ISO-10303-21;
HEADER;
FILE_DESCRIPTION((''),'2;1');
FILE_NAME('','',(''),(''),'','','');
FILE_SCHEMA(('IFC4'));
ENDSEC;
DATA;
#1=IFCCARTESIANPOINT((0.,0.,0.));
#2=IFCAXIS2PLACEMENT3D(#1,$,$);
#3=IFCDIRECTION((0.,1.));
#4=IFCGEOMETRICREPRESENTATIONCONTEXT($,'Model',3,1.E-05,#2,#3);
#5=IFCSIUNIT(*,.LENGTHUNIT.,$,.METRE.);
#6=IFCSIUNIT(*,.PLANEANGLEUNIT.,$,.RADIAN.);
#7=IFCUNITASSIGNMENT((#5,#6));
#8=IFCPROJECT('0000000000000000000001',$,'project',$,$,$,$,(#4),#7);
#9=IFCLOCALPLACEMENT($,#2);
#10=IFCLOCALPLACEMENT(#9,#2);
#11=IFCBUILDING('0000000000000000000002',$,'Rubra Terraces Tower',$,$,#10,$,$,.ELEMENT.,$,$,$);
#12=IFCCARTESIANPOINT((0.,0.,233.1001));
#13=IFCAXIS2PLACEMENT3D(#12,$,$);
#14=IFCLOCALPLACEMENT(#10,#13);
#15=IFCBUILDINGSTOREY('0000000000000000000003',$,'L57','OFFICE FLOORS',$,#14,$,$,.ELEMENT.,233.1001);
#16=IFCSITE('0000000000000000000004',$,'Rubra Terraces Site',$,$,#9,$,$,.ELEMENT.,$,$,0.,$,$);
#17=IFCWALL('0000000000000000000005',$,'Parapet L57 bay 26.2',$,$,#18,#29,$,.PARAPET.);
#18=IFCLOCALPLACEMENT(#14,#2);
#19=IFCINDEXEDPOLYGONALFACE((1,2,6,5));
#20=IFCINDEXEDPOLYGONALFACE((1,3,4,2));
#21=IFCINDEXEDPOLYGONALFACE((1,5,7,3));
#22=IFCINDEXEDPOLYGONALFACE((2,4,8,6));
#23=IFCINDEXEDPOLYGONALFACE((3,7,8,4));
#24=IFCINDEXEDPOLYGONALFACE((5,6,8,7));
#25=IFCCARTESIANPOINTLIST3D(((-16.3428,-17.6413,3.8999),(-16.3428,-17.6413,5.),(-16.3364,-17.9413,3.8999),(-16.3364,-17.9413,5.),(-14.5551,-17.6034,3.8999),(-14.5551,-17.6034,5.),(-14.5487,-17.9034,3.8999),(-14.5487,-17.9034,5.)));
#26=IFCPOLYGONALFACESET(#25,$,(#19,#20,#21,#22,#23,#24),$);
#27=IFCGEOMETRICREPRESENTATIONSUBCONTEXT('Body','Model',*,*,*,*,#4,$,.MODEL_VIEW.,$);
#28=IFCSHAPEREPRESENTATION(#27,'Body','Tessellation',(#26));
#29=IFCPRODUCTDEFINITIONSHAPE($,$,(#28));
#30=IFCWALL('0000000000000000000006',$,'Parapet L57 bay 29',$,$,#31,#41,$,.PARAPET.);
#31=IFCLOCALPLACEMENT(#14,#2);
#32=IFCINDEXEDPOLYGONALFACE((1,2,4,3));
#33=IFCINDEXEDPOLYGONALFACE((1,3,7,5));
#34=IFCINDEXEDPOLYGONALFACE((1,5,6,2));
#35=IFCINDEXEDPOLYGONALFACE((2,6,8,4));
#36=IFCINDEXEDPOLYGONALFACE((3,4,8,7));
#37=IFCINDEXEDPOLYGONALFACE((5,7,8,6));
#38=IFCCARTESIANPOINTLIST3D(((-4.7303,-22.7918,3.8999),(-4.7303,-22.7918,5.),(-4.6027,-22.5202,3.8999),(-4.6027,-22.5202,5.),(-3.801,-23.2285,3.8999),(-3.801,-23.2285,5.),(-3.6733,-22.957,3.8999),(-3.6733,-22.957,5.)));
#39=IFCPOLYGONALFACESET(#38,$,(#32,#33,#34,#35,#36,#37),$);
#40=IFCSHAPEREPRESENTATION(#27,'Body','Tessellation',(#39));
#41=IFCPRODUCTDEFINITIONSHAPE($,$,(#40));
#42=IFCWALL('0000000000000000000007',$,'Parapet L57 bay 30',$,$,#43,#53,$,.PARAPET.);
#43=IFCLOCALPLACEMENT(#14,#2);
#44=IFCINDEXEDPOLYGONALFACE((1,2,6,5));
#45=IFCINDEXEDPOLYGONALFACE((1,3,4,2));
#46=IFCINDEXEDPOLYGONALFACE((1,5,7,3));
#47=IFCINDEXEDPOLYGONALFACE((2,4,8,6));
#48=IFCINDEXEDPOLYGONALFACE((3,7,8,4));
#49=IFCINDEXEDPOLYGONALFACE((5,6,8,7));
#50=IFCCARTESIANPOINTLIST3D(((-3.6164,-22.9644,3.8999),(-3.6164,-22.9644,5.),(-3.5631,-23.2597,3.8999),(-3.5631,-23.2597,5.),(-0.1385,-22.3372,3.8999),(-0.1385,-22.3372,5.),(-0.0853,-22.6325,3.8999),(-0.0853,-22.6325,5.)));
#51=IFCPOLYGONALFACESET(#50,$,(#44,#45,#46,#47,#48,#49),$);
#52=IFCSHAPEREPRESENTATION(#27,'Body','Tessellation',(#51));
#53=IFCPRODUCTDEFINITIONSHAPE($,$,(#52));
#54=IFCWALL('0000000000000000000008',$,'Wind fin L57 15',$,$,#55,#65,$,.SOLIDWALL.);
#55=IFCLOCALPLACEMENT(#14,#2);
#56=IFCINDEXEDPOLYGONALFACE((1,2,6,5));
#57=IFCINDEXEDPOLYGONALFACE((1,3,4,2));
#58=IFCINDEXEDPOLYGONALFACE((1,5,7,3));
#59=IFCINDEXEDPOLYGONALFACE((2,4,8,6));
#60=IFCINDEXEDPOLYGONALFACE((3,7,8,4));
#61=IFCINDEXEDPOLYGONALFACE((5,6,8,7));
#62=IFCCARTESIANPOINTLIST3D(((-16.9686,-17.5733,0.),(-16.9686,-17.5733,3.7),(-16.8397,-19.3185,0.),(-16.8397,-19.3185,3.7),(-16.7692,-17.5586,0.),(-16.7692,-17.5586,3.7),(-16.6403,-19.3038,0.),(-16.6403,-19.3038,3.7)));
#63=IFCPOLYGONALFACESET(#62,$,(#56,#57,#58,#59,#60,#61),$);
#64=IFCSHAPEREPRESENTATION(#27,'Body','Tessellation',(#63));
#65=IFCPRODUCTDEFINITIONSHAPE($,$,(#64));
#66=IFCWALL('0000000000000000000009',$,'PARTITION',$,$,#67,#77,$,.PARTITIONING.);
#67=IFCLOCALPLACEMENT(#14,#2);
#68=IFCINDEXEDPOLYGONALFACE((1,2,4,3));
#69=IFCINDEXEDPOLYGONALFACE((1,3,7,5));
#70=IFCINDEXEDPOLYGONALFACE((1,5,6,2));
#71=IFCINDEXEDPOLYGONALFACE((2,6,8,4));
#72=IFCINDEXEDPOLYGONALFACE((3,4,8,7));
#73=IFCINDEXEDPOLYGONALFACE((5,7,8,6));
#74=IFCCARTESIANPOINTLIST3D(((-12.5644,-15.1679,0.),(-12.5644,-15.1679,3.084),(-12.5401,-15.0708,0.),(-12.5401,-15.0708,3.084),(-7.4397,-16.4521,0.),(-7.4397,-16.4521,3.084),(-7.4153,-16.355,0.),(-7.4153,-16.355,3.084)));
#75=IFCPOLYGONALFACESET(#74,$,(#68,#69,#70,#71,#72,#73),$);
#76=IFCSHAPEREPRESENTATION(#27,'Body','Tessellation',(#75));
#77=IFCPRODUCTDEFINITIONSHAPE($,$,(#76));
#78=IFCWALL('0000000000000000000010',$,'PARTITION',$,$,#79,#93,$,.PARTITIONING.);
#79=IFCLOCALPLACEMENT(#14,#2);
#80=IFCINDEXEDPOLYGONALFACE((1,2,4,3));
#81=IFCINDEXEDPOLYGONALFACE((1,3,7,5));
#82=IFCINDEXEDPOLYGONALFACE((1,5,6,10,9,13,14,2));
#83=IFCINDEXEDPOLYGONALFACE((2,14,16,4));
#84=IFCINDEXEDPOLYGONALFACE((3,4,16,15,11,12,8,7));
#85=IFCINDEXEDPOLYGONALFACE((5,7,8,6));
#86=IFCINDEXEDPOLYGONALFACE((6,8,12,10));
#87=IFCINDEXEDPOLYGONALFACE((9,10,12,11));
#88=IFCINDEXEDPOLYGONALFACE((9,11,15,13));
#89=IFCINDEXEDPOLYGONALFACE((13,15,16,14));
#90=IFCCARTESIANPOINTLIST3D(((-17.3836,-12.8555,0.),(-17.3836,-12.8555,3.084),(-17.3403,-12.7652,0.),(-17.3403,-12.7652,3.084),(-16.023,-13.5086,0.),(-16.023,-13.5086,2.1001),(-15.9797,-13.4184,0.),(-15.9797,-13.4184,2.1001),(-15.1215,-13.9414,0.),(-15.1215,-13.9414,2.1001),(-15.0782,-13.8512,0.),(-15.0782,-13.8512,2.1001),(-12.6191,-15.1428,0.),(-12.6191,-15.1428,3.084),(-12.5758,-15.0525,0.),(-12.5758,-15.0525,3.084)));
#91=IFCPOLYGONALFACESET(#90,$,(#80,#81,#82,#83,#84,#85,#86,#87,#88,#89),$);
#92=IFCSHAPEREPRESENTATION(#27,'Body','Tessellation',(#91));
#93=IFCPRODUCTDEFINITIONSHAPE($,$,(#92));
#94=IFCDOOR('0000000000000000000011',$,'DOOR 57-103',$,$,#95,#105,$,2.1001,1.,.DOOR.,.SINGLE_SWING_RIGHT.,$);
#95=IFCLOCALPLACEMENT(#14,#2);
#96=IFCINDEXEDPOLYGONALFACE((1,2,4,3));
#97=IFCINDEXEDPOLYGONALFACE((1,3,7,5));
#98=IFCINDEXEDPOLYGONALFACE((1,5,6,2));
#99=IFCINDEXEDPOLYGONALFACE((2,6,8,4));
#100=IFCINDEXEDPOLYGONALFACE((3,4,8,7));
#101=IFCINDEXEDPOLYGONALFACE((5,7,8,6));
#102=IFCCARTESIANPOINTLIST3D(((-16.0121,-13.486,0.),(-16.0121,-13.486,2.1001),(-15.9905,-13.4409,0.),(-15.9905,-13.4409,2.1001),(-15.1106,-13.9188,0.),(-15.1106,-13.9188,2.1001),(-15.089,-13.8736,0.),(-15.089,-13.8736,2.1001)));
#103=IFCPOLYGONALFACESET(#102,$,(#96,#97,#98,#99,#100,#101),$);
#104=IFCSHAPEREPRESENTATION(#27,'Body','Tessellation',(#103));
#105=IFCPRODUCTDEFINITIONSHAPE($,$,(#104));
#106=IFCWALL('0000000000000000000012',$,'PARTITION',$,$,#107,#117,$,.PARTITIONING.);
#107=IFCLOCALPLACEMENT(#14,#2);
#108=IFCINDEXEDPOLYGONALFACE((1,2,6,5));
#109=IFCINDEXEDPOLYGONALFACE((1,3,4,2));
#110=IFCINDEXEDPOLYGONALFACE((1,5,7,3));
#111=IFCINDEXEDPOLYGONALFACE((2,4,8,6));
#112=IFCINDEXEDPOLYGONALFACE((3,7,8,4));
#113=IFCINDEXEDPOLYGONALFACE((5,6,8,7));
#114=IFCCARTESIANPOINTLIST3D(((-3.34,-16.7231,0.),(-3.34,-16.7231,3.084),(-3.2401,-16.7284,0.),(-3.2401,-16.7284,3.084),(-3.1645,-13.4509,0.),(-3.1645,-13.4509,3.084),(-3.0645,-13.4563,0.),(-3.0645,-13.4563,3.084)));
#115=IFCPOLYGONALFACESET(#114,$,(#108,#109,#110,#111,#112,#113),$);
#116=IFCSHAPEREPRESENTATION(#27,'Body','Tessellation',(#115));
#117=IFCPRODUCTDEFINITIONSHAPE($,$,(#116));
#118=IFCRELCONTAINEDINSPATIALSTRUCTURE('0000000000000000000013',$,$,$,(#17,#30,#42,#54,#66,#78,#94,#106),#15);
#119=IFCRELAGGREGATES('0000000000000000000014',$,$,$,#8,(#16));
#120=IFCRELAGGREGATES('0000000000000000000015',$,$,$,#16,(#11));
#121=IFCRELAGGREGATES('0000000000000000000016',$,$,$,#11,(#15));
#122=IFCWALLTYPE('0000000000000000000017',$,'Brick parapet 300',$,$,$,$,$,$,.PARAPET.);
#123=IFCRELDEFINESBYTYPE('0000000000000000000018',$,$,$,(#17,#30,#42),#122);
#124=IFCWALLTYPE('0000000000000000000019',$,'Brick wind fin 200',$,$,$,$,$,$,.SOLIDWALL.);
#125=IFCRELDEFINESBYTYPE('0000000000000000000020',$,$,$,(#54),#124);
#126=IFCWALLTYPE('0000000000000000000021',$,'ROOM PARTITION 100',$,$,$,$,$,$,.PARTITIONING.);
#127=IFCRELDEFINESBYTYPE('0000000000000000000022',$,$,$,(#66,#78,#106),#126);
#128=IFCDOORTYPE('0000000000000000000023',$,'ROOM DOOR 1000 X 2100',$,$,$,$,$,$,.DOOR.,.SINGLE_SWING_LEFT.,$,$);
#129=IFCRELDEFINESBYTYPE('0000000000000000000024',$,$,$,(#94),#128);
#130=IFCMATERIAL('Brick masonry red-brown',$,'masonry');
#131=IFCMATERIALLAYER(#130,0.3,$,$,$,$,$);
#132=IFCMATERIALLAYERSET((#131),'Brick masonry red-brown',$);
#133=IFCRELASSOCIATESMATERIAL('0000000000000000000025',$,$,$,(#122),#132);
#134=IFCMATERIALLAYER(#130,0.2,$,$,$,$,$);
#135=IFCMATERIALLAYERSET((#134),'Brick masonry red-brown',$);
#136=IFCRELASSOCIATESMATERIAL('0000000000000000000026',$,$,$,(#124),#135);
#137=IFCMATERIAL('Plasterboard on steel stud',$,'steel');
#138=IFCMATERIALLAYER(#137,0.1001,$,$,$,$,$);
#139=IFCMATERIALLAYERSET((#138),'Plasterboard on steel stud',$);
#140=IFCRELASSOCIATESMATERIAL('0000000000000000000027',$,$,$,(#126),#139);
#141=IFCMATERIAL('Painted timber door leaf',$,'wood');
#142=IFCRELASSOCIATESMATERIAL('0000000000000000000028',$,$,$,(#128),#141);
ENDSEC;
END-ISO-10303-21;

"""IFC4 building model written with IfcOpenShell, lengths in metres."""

from ifc_helpers import new_model, si_unit, direction, frame, frame_2d, origin, place, context, subcontext, project, spatial, rectangle, extrude, material, layer, layer_set, type_object, element, fill, save


model = new_model("IFC4")

# Units and contexts
model_context = context("Model", 3, precision=1e-05, world=origin(), true_north=direction((0.0, 1.0)))
body_context = subcontext(model_context, "Body", "Model", "MODEL_VIEW")
ifc_project = project(units=[si_unit("LENGTHUNIT", "METRE"), si_unit("PLANEANGLEUNIT", "RADIAN")], contexts=[model_context])

# Site, building, storey
site_placement = place(None, origin())
site = spatial("IfcSite", under=ifc_project, at=site_placement, Name="Rubra Terraces Site", CompositionType="ELEMENT", RefElevation=0.0)
building_placement = place(site_placement, origin())
building = spatial("IfcBuilding", under=site, at=building_placement, Name="Rubra Terraces Tower", CompositionType="ELEMENT")
storey_placement = place(building_placement, frame((0.0, 0.0, 233.1001)))
storey = spatial("IfcBuildingStorey", under=building, at=storey_placement, Name="L57", Description="OFFICE FLOORS", CompositionType="ELEMENT", Elevation=233.1001)

# Shared definitions
ifc_material_1 = material(Name="Brick masonry red-brown", Category="masonry")

# Walls
ifc_layer_1 = layer(ifc_material_1, 0.3)
ifc_layer_set_1 = layer_set([ifc_layer_1], Name="Brick masonry red-brown")
wall_type_1 = type_object("IfcWallType", Name="Brick parapet 300", PredefinedType="PARAPET", material=ifc_layer_set_1)
wall_1_placement = place(storey_placement, frame((-16.3396, -17.7913, 3.8999), z_axis=(0.0, 0.0, 1.0), x_axis=(0.999776, 0.021164, 0.0)))
element("IfcWall", 1, at=wall_1_placement, inside=storey, type_object=wall_type_1, Name="Parapet L57 bay 26.2", PredefinedType="PARAPET", context=body_context, shape_type="SweptSolid", body=[
    extrude(rectangle(XDim=1.7881, YDim=0.3, at=frame_2d((0.894, 0.0))), origin(), (0.0, 0.0, 1.0), 1.1001),
])
wall_2_placement = place(storey_placement, frame((-4.6665, -22.656, 3.8999), z_axis=(0.0, 0.0, 1.0), x_axis=(0.90505, -0.425305, 0.0)))
element("IfcWall", 2, at=wall_2_placement, inside=storey, type_object=wall_type_1, Name="Parapet L57 bay 29", PredefinedType="PARAPET", context=body_context, shape_type="SweptSolid", body=[
    extrude(rectangle(XDim=1.0269, YDim=0.3, at=frame_2d((0.5134, 0.0))), origin(), (0.0, 0.0, 1.0), 1.1001),
])
wall_3_placement = place(storey_placement, frame((-3.5898, -23.1121, 3.8999), z_axis=(0.0, 0.0, 1.0), x_axis=(0.984124, 0.177481, 0.0)))
element("IfcWall", 3, at=wall_3_placement, inside=storey, type_object=wall_type_1, Name="Parapet L57 bay 30", PredefinedType="PARAPET", context=body_context, shape_type="SweptSolid", body=[
    extrude(rectangle(XDim=3.5339, YDim=0.3, at=frame_2d((1.7671, 0.0))), origin(), (0.0, 0.0, 1.0), 1.1001),
])
ifc_layer_2 = layer(ifc_material_1, 0.2)
ifc_layer_set_2 = layer_set([ifc_layer_2], Name="Brick masonry red-brown")
wall_type_2 = type_object("IfcWallType", Name="Brick wind fin 200", PredefinedType="SOLIDWALL", material=ifc_layer_set_2)
wall_4_placement = place(storey_placement, frame((-16.8689, -17.5659, 0.0), z_axis=(0.0, 0.0, 1.0), x_axis=(0.073656, -0.997284, 0.0)))
element("IfcWall", 4, at=wall_4_placement, inside=storey, type_object=wall_type_2, Name="Wind fin L57 15", PredefinedType="SOLIDWALL", context=body_context, shape_type="SweptSolid", body=[
    extrude(rectangle(XDim=1.75, YDim=0.2, at=frame_2d((0.875, 0.0))), origin(), (0.0, 0.0, 1.0), 3.7),
])
ifc_material_2 = material(Name="Plasterboard on steel stud", Category="steel")
ifc_layer_3 = layer(ifc_material_2, 0.1001)
ifc_layer_set_3 = layer_set([ifc_layer_3], Name="Plasterboard on steel stud")
wall_type_3 = type_object("IfcWallType", Name="ROOM PARTITION 100", PredefinedType="PARTITIONING", material=ifc_layer_set_3)
wall_5_placement = place(storey_placement, frame((-7.4275, -16.4036, 0.0), z_axis=(0.0, 0.0, 1.0), x_axis=(-0.970009, 0.243068, 0.0)))
element("IfcWall", 5, at=wall_5_placement, inside=storey, type_object=wall_type_3, Name="PARTITION", PredefinedType="PARTITIONING", context=body_context, shape_type="SweptSolid", body=[
    extrude(rectangle(XDim=5.2832, YDim=0.1001, at=frame_2d((2.6416, 0.0))), origin(), (0.0, 0.0, 1.0), 3.084),
])

# Wall, opening, door
wall_6_placement = place(storey_placement, frame((-12.5974, -15.0977, 0.0), z_axis=(0.0, 0.0, 1.0), x_axis=(-0.901499, 0.432781, 0.0)))
wall_6 = element("IfcWall", 6, at=wall_6_placement, inside=storey, type_object=wall_type_3, Name="PARTITION", PredefinedType="PARTITIONING", context=body_context, shape_type="SweptSolid", body=[
    extrude(rectangle(XDim=5.2852, YDim=0.1001, at=frame_2d((2.6426, 0.0))), origin(), (0.0, 0.0, 1.0), 3.084),
])
opening_1_placement = place(wall_6_placement, frame((2.7759, 0.0, 0.0)))
opening_1 = element("IfcOpeningElement", 7, at=opening_1_placement, cuts=wall_6, PredefinedType="OPENING", context=body_context, shape_type="SweptSolid", body=[
    extrude(rectangle(XDim=1.0, YDim=2.1001, at=frame_2d((0.5, 1.05))), frame((0.0, 0.0601, 0.0), z_axis=(0.0, -1.0, 0.0), x_axis=(1.0, 0.0, 0.0)), (0.0, 0.0, 1.0), 0.1201),
])
ifc_material_3 = material(Name="Painted timber door leaf", Category="wood")
door_type = type_object("IfcDoorType", Name="ROOM DOOR 1000 X 2100", OperationType="SINGLE_SWING_LEFT", PredefinedType="DOOR", material=ifc_material_3)
door_placement = place(opening_1_placement, origin())
door = element("IfcDoor", 8, at=door_placement, inside=storey, type_object=door_type, Name="DOOR 57-103", OperationType="SINGLE_SWING_RIGHT", OverallHeight=2.1001, OverallWidth=1.0, PredefinedType="DOOR", context=body_context, shape_type="SweptSolid", body=[
    extrude(rectangle(XDim=1.0, YDim=2.1001, at=frame_2d((0.5, 1.05))), frame((0.0, 0.0249, 0.0), z_axis=(0.0, -1.0, 0.0), x_axis=(1.0, 0.0, 0.0)), (0.0, 0.0, 1.0), 0.05),
])
fill(opening_1, door)

# Wall
wall_7_placement = place(storey_placement, frame((-3.1145, -13.4536, 0.0), z_axis=(0.0, 0.0, 1.0), x_axis=(-0.053568, -0.998564, 0.0)))
element("IfcWall", 9, at=wall_7_placement, inside=storey, type_object=wall_type_3, Name="PARTITION", PredefinedType="PARTITIONING", context=body_context, shape_type="SweptSolid", body=[
    extrude(rectangle(XDim=3.2769, YDim=0.1001, at=frame_2d((1.6384, 0.0))), origin(), (0.0, 0.0, 1.0), 3.084),
])

save(model, "model.ifc")
